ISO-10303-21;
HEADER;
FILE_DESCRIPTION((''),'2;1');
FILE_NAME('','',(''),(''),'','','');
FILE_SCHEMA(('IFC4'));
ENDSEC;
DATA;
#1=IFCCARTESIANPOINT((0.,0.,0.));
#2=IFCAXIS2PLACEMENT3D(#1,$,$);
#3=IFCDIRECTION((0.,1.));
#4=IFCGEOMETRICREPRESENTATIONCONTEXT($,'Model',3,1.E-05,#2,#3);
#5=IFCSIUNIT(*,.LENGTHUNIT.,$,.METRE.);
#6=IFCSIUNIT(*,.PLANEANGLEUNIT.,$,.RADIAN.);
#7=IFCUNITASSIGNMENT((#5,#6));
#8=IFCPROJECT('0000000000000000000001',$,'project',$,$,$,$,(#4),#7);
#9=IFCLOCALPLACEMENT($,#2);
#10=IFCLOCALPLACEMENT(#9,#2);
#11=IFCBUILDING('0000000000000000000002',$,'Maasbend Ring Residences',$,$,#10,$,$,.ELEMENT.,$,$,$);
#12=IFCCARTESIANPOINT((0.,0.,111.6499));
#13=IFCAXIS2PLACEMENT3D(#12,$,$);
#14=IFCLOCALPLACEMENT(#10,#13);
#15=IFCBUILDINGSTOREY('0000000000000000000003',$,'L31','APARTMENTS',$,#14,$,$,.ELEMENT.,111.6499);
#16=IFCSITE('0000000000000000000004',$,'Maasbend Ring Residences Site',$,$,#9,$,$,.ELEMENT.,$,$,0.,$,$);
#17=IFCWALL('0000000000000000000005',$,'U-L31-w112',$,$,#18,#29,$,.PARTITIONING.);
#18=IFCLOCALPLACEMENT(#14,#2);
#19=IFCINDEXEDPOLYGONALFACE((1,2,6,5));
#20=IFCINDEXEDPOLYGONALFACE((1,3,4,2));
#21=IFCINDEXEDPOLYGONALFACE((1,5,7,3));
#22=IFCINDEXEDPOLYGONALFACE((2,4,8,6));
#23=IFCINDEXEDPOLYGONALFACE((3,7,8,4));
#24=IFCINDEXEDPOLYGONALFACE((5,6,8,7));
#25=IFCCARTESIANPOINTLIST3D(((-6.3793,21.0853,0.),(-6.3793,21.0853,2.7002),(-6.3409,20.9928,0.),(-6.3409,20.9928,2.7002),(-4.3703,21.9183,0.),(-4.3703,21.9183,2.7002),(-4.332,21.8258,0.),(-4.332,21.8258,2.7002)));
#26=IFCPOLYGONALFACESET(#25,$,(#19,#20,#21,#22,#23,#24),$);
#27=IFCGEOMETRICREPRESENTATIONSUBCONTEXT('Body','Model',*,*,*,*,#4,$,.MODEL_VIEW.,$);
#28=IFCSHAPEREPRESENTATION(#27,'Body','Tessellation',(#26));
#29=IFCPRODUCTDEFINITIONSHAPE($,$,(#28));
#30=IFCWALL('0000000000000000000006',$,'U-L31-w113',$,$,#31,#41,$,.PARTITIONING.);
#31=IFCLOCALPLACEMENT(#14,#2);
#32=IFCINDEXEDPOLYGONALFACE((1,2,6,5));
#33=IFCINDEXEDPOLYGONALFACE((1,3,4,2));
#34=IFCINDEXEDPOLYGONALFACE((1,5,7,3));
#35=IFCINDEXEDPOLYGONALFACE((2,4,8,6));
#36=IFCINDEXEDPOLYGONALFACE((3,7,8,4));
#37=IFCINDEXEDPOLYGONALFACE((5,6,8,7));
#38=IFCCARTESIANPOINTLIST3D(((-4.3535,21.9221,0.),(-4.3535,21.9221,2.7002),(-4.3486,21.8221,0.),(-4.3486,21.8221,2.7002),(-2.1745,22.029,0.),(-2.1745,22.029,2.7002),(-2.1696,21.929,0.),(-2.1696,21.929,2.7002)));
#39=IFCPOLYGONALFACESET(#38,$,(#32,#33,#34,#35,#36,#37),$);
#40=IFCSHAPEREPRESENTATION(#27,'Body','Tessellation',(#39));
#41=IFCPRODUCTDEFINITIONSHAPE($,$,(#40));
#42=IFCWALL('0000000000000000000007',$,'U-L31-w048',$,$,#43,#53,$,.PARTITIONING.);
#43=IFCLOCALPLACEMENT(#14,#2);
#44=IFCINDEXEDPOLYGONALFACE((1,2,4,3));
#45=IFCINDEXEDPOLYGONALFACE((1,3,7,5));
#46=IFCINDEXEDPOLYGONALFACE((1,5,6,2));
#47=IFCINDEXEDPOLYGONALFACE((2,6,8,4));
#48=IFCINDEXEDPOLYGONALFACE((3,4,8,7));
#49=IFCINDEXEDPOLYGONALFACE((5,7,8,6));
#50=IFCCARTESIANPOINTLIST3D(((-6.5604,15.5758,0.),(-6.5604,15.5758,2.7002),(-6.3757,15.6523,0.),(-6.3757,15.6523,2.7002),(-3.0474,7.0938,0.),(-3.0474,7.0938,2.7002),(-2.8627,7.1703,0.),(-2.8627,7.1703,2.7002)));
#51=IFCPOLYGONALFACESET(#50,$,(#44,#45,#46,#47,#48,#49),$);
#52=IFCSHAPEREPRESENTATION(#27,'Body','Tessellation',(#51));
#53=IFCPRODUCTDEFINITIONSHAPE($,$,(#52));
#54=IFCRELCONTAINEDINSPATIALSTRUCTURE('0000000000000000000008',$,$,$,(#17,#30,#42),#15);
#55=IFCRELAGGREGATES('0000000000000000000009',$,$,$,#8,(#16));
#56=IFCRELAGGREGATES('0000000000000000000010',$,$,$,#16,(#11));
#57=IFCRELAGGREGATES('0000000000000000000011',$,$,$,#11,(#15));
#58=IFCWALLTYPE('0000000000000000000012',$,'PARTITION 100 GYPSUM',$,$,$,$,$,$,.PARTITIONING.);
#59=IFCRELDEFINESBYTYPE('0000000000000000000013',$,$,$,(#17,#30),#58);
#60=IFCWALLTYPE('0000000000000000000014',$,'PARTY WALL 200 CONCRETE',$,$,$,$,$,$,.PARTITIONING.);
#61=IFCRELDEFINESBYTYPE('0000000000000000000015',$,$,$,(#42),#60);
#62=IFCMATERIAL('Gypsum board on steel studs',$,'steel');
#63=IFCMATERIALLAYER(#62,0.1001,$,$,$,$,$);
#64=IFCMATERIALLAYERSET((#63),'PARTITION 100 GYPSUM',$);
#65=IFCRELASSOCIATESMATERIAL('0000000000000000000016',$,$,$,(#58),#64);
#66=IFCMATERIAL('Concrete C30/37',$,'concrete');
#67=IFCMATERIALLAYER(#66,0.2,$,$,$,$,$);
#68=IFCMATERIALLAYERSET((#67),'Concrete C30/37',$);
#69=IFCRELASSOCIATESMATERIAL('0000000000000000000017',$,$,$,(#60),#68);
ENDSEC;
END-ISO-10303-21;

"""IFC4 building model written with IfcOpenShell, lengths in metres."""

from ifc_helpers import new_model, si_unit, direction, frame, frame_2d, origin, place, context, subcontext, project, spatial, rectangle, extrude, material, layer, layer_set, type_object, element, save


model = new_model("IFC4")

# Units and contexts
model_context = context("Model", 3, precision=1e-05, world=origin(), true_north=direction((0.0, 1.0)))
body_context = subcontext(model_context, "Body", "Model", "MODEL_VIEW")
ifc_project = project(units=[si_unit("LENGTHUNIT", "METRE"), si_unit("PLANEANGLEUNIT", "RADIAN")], contexts=[model_context])

# Site, building, storey
site_placement = place(None, origin())
site = spatial("IfcSite", under=ifc_project, at=site_placement, Name="Maasbend Ring Residences Site", CompositionType="ELEMENT", RefElevation=0.0)
building_placement = place(site_placement, origin())
building = spatial("IfcBuilding", under=site, at=building_placement, Name="Maasbend Ring Residences", CompositionType="ELEMENT")
storey_placement = place(building_placement, frame((0.0, 0.0, 111.6499)))
storey = spatial("IfcBuildingStorey", under=building, at=storey_placement, Name="L31", Description="APARTMENTS", CompositionType="ELEMENT", Elevation=111.6499)

# Shared definitions
ifc_material_1 = material(Name="Gypsum board on steel studs", Category="steel")
ifc_layer_1 = layer(ifc_material_1, 0.1001)
ifc_layer_set_1 = layer_set([ifc_layer_1], Name="PARTITION 100 GYPSUM")
wall_type_1 = type_object("IfcWallType", Name="PARTITION 100 GYPSUM", PredefinedType="PARTITIONING", material=ifc_layer_set_1)

# Walls
wall_1_placement = place(storey_placement, frame((-6.3601, 21.0391, 0.0), z_axis=(0.0, 0.0, 1.0), x_axis=(0.923743, 0.383013, 0.0)))
element("IfcWall", 1, at=wall_1_placement, inside=storey, type_object=wall_type_1, Name="U-L31-w112", PredefinedType="PARTITIONING", context=body_context, shape_type="SweptSolid", body=[
    extrude(rectangle(XDim=2.1748, YDim=0.1001, at=frame_2d((1.0874, 0.0))), origin(), (0.0, 0.0, 1.0), 2.7002),
])
wall_2_placement = place(storey_placement, frame((-4.3511, 21.8721, 0.0), z_axis=(0.0, 0.0, 1.0), x_axis=(0.998798, 0.049017, 0.0)))
element("IfcWall", 2, at=wall_2_placement, inside=storey, type_object=wall_type_1, Name="U-L31-w113", PredefinedType="PARTITIONING", context=body_context, shape_type="SweptSolid", body=[
    extrude(rectangle(XDim=2.1816, YDim=0.1001, at=frame_2d((1.0908, 0.0))), origin(), (0.0, 0.0, 1.0), 2.7002),
])
ifc_material_2 = material(Name="Concrete C30/37", Category="concrete")
ifc_layer_2 = layer(ifc_material_2, 0.2)
ifc_layer_set_2 = layer_set([ifc_layer_2], Name="Concrete C30/37")
wall_type_2 = type_object("IfcWallType", Name="PARTY WALL 200 CONCRETE", PredefinedType="PARTITIONING", material=ifc_layer_set_2)
wall_3_placement = place(storey_placement, frame((-6.468, 15.614, 0.0), z_axis=(0.0, 0.0, 1.0), x_axis=(0.382647, -0.923895, 0.0)))
element("IfcWall", 3, at=wall_3_placement, inside=storey, type_object=wall_type_2, Name="U-L31-w048", PredefinedType="PARTITIONING", context=body_context, shape_type="SweptSolid", body=[
    extrude(rectangle(XDim=9.1807, YDim=0.2, at=frame_2d((4.5903, 0.0))), origin(), (0.0, 0.0, 1.0), 2.7002),
])

save(model, "model.ifc")
